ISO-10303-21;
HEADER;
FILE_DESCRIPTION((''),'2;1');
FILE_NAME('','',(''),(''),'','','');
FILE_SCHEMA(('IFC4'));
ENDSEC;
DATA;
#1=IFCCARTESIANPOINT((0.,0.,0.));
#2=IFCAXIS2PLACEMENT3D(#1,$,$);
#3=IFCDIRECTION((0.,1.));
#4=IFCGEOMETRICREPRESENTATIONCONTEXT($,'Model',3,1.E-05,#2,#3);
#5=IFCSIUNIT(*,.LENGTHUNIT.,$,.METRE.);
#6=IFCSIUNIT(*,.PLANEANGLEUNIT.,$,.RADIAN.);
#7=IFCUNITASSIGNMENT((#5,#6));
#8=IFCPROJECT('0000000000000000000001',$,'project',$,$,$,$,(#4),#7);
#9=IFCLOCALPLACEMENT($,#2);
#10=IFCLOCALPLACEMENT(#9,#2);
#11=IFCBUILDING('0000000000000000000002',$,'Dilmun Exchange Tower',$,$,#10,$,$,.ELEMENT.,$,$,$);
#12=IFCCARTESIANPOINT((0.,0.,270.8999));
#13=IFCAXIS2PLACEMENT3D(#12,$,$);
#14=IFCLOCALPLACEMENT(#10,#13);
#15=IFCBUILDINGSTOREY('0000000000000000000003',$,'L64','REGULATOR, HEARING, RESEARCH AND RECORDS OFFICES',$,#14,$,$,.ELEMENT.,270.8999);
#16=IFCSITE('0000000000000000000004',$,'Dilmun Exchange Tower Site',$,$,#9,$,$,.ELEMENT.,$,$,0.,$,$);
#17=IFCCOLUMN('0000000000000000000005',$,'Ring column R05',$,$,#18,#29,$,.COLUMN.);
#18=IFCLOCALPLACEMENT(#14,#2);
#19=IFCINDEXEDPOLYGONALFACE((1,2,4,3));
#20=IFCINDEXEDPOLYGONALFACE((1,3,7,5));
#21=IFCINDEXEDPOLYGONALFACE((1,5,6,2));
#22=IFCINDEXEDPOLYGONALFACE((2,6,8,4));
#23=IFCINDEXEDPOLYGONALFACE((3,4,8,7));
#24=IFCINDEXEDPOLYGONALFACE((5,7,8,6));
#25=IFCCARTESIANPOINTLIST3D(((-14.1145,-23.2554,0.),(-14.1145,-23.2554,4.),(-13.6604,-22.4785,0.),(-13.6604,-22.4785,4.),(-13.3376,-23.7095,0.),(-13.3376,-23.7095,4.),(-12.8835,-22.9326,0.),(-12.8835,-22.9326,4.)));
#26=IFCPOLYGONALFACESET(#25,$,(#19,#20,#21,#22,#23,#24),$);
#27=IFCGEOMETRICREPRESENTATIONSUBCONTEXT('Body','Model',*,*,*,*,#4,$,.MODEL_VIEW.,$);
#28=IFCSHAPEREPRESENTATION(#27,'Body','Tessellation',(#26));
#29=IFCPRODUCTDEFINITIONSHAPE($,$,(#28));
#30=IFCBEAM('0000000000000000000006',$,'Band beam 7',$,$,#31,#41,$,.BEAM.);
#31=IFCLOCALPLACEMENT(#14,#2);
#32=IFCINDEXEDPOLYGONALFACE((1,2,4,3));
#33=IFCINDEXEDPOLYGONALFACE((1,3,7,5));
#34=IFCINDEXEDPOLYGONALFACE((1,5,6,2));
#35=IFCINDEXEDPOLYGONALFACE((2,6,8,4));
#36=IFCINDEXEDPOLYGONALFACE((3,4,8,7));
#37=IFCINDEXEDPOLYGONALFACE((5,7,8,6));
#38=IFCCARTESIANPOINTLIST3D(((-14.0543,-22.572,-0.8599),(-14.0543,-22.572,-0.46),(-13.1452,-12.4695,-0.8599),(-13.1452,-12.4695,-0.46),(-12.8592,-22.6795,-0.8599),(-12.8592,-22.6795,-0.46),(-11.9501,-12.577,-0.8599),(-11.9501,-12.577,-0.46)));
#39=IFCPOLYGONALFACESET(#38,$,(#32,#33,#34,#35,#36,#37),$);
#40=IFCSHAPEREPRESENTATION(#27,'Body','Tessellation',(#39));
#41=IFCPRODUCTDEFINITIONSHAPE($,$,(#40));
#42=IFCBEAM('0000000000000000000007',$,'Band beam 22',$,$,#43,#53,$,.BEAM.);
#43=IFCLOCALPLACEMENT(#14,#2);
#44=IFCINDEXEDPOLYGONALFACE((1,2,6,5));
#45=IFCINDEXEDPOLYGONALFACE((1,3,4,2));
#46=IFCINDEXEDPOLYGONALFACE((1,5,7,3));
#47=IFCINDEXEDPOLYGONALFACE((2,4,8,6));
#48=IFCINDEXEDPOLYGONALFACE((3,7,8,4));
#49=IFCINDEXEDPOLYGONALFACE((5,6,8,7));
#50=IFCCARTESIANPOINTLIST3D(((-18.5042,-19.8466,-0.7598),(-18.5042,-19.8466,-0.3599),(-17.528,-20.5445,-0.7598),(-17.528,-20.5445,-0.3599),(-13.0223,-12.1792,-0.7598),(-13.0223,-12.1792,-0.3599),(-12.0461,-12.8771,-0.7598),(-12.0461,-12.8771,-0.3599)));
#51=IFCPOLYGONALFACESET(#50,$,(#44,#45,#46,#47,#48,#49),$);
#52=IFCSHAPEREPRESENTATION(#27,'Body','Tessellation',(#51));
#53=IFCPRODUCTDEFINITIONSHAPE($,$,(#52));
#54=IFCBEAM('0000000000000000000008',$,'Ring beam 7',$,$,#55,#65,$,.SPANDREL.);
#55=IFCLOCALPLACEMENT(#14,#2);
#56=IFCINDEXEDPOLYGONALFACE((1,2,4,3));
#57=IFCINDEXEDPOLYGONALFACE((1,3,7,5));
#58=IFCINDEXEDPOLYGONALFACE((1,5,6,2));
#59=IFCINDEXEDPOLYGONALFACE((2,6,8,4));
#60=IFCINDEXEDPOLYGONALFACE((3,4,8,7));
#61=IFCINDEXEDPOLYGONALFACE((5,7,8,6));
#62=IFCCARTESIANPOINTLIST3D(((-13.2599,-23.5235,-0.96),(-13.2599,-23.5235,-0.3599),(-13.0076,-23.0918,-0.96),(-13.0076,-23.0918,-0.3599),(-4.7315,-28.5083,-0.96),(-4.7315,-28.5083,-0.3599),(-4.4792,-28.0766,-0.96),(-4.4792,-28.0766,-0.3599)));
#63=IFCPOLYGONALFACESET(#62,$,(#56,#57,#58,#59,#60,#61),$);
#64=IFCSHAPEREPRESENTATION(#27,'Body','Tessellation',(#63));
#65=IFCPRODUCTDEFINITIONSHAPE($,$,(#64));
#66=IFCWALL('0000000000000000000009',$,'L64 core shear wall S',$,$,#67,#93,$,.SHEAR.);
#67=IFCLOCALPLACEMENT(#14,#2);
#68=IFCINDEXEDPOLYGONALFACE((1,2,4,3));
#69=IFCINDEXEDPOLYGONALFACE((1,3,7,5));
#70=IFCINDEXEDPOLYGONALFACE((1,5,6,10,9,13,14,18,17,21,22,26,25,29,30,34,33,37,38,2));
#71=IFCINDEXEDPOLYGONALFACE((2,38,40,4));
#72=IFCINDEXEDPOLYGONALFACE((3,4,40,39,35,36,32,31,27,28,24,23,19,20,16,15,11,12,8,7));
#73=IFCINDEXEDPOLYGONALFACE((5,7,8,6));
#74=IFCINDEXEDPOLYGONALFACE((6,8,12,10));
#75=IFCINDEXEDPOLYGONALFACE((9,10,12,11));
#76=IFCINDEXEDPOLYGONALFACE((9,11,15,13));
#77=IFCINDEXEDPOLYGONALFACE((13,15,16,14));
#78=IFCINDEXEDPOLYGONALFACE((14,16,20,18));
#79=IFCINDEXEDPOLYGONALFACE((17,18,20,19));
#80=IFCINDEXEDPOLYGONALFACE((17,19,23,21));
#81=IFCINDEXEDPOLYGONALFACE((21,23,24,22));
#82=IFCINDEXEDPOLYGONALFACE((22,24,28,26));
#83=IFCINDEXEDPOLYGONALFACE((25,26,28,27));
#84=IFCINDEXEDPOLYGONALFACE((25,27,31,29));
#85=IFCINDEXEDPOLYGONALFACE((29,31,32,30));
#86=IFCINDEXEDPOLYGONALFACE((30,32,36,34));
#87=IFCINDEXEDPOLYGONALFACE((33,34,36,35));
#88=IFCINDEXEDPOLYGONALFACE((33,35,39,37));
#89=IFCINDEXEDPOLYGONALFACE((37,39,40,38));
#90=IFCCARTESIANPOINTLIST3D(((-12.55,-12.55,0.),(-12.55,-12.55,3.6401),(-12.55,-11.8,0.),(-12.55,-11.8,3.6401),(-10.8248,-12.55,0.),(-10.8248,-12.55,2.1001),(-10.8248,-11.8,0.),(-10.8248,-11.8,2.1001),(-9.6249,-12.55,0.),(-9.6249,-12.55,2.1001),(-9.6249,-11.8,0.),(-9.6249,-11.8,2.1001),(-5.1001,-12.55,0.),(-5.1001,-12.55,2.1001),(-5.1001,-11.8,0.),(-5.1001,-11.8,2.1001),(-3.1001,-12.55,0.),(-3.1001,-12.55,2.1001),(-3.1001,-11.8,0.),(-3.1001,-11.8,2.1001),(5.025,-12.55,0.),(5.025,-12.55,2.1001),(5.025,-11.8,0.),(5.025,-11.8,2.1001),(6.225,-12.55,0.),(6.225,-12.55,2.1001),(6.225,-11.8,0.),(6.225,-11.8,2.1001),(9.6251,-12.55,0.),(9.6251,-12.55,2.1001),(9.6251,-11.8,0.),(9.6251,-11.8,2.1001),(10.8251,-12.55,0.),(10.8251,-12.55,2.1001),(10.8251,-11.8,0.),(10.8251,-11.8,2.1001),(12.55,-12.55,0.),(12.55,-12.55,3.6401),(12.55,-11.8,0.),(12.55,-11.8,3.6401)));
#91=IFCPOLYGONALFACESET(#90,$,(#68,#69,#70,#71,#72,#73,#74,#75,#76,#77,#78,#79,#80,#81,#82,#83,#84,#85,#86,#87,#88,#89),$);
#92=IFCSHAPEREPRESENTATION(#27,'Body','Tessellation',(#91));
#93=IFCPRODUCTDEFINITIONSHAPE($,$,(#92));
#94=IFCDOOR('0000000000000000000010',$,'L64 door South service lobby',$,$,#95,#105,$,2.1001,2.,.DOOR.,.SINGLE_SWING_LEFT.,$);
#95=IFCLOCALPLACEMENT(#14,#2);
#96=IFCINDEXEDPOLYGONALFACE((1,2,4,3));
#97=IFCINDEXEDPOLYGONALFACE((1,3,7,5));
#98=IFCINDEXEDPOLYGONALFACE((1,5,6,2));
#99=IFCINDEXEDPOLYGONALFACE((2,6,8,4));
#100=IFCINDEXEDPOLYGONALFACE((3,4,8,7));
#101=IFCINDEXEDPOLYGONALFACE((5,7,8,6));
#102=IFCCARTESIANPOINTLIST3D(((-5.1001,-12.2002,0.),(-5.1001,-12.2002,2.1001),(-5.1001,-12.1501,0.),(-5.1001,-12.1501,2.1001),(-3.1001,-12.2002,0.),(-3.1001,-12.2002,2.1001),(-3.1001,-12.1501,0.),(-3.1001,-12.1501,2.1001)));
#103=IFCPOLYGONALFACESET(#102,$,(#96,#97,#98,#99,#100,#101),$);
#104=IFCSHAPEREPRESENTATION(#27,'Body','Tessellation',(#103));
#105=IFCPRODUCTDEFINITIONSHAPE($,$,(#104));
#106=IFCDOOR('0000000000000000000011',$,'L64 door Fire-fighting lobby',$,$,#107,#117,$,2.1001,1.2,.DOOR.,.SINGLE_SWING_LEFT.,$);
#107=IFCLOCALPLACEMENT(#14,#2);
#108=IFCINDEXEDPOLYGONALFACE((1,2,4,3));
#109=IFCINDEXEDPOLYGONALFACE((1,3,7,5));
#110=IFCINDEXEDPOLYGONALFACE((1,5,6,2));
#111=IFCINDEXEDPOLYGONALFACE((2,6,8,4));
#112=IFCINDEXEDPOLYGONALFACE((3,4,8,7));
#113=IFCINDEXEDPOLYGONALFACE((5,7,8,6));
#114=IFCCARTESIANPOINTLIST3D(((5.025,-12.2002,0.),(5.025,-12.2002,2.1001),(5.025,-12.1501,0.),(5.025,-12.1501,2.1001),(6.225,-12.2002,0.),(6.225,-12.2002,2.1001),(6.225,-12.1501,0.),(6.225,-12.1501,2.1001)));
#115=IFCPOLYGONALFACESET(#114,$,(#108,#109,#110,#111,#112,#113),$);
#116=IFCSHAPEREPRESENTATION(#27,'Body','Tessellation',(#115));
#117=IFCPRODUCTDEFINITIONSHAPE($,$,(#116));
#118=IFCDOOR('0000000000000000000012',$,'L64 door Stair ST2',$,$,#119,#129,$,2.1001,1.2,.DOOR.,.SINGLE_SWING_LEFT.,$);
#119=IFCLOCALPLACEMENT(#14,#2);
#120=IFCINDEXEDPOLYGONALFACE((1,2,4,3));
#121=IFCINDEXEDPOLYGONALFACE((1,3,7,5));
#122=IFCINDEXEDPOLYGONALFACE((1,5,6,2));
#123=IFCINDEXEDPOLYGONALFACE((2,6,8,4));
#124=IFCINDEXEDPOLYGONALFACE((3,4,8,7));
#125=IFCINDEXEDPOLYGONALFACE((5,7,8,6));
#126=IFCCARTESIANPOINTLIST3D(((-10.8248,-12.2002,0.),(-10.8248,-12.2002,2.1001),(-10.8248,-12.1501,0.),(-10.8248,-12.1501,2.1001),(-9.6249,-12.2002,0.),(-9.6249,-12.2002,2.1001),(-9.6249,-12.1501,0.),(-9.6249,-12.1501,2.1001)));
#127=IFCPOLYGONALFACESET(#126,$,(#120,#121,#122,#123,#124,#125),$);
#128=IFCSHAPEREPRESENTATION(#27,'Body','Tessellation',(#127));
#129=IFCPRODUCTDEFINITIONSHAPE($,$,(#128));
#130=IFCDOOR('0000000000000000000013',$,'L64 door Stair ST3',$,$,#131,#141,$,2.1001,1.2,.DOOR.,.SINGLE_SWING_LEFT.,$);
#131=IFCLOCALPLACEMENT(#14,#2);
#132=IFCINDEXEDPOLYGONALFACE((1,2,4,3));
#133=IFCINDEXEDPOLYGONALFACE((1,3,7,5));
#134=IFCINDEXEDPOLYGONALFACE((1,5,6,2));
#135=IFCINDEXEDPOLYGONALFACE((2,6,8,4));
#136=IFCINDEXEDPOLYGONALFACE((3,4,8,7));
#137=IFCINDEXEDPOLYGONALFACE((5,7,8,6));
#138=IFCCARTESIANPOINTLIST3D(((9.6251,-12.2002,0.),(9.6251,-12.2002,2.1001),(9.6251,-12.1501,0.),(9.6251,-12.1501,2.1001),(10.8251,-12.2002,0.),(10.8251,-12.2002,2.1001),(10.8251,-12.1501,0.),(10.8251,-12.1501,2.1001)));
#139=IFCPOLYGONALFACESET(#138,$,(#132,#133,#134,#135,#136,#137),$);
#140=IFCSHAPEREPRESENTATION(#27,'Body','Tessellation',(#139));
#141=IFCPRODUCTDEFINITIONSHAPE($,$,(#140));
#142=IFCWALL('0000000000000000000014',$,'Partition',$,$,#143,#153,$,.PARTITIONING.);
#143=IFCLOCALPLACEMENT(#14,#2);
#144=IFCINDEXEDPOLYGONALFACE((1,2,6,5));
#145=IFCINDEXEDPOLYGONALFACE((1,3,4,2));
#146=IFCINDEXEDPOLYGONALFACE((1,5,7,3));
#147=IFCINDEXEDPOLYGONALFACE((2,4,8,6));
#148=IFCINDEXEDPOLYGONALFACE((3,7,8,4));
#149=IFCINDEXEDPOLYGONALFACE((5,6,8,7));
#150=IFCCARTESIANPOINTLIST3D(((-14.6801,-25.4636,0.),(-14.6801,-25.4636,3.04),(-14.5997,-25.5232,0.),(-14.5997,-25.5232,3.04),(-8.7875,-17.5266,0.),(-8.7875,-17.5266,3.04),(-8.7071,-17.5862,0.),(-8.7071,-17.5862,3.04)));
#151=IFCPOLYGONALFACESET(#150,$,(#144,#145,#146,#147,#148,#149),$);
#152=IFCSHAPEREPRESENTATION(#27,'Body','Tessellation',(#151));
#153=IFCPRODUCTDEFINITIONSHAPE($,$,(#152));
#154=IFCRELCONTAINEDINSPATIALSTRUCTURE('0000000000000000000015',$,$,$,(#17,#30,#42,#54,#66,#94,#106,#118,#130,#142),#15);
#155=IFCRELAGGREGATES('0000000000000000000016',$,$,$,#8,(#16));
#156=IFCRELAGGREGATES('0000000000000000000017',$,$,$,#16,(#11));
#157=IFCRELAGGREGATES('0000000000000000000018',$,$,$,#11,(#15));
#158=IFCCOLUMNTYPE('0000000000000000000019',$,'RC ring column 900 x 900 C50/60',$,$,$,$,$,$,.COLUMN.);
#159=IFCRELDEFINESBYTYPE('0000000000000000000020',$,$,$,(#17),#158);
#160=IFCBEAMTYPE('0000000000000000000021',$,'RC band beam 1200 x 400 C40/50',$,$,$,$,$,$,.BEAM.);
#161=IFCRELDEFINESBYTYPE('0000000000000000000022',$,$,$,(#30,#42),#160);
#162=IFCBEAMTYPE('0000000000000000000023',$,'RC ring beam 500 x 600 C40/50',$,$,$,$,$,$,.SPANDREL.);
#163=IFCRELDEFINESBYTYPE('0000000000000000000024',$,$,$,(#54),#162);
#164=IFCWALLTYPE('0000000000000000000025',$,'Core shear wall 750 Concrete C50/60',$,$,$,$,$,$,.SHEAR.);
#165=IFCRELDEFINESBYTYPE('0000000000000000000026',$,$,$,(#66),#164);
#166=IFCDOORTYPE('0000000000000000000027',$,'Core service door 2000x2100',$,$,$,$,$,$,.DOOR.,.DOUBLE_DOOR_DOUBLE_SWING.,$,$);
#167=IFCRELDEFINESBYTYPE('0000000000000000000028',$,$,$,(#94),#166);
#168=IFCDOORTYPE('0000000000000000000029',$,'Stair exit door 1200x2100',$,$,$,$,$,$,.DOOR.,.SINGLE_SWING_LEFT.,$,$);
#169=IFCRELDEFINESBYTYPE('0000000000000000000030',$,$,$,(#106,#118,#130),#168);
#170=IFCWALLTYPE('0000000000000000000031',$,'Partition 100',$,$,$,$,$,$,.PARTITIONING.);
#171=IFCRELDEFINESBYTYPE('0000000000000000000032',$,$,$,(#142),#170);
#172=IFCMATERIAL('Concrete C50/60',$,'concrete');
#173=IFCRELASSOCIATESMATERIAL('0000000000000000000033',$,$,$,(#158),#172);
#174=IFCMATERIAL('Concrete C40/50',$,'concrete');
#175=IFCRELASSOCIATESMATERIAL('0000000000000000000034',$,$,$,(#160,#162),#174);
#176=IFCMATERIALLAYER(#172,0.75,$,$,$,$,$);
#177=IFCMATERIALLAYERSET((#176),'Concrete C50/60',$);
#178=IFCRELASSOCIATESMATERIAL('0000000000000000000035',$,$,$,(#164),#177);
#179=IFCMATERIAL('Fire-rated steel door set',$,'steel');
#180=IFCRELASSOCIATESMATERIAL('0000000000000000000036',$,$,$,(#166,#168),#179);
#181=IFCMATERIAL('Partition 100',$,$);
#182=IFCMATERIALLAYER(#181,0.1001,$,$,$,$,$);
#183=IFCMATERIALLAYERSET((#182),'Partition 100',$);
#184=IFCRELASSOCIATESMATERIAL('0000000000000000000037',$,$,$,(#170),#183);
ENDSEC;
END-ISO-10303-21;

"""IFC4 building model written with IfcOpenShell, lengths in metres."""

from ifc_helpers import new_model, si_unit, direction, frame, frame_2d, origin, origin_2d, place, context, subcontext, project, spatial, rectangle, extrude, material, layer, layer_set, material_profile, profile_set, type_object, element, fill, save


model = new_model("IFC4")

# Units and contexts
model_context = context("Model", 3, precision=1e-05, world=origin(), true_north=direction((0.0, 1.0)))
body_context = subcontext(model_context, "Body", "Model", "MODEL_VIEW")
ifc_project = project(units=[si_unit("LENGTHUNIT", "METRE"), si_unit("PLANEANGLEUNIT", "RADIAN")], contexts=[model_context])

# Site, building, storey
site_placement = place(None, origin())
site = spatial("IfcSite", under=ifc_project, at=site_placement, Name="Dilmun Exchange Tower Site", CompositionType="ELEMENT", RefElevation=0.0)
building_placement = place(site_placement, origin())
building = spatial("IfcBuilding", under=site, at=building_placement, Name="Dilmun Exchange Tower", CompositionType="ELEMENT")
storey_placement = place(building_placement, frame((0.0, 0.0, 270.8999)))
storey = spatial("IfcBuildingStorey", under=building, at=storey_placement, Name="L64", Description="REGULATOR, HEARING, RESEARCH AND RECORDS OFFICES", CompositionType="ELEMENT", Elevation=270.8999)

# Column
ifc_material_1 = material(Name="Concrete C50/60", Category="concrete")
ifc_material_profile_1 = material_profile(ifc_material_1, rectangle(XDim=0.8999, YDim=0.8999, at=origin_2d()), Name="900 x 900")
ifc_profile_set_1 = profile_set([ifc_material_profile_1], Name="Concrete C50/60")
column_type = type_object("IfcColumnType", Name="RC ring column 900 x 900 C50/60", PredefinedType="COLUMN", material=ifc_profile_set_1)
column_placement = place(storey_placement, frame((-13.499, -23.094, 0.0), z_axis=(0.0, 0.0, 1.0), x_axis=(0.504644, 0.863328, 0.0)))
element("IfcColumn", 1, at=column_placement, inside=storey, type_object=column_type, Name="Ring column R05", PredefinedType="COLUMN", context=body_context, shape_type="SweptSolid", body=[
    extrude(rectangle(XDim=0.8999, YDim=0.8999, at=origin_2d()), origin(), (0.0, 0.0, 1.0), 4.0),
])

# Beams
ifc_material_2 = material(Name="Concrete C40/50", Category="concrete")
ifc_material_profile_2 = material_profile(ifc_material_2, rectangle(XDim=1.2, YDim=0.3999, at=origin_2d()), Name="1200 x 400")
ifc_profile_set_2 = profile_set([ifc_material_profile_2], Name="Concrete C40/50")
beam_type_1 = type_object("IfcBeamType", Name="RC band beam 1200 x 400 C40/50", PredefinedType="BEAM", material=ifc_profile_set_2)
beam_1_placement = place(storey_placement, frame((-13.4568, -22.6257, -0.6599), z_axis=(0.089633, 0.995975, 0.0), x_axis=(-0.995975, 0.089633, 0.0)))
element("IfcBeam", 2, at=beam_1_placement, inside=storey, type_object=beam_type_1, Name="Band beam 7", PredefinedType="BEAM", context=body_context, shape_type="SweptSolid", body=[
    extrude(rectangle(XDim=1.2, YDim=0.3999, at=origin_2d()), origin(), (0.0, 0.0, 1.0), 10.1433),
])
beam_2_placement = place(storey_placement, frame((-18.0161, -20.1956, -0.5598), z_axis=(0.581601, 0.813474, 0.0), x_axis=(-0.813474, 0.581601, 0.0)))
element("IfcBeam", 3, at=beam_2_placement, inside=storey, type_object=beam_type_1, Name="Band beam 22", PredefinedType="BEAM", context=body_context, shape_type="SweptSolid", body=[
    extrude(rectangle(XDim=1.2, YDim=0.3999, at=origin_2d()), origin(), (0.0, 0.0, 1.0), 9.4255),
])
ifc_material_profile_3 = material_profile(ifc_material_2, rectangle(XDim=0.5, YDim=0.6001, at=origin_2d()), Name="500 x 600")
ifc_profile_set_3 = profile_set([ifc_material_profile_3], Name="Concrete C40/50")
beam_type_2 = type_object("IfcBeamType", Name="RC ring beam 500 x 600 C40/50", PredefinedType="SPANDREL", material=ifc_profile_set_3)
beam_3_placement = place(storey_placement, frame((-13.1338, -23.3076, -0.6599), z_axis=(0.863344, -0.504616, 0.0), x_axis=(0.504616, 0.863344, 0.0)))
element("IfcBeam", 4, at=beam_3_placement, inside=storey, type_object=beam_type_2, Name="Ring beam 7", PredefinedType="SPANDREL", context=body_context, shape_type="SweptSolid", body=[
    extrude(rectangle(XDim=0.5, YDim=0.6001, at=origin_2d()), origin(), (0.0, 0.0, 1.0), 9.8784),
])

# Wall, openings, doors
ifc_layer_1 = layer(ifc_material_1, 0.75)
ifc_layer_set_1 = layer_set([ifc_layer_1], Name="Concrete C50/60")
wall_type_1 = type_object("IfcWallType", Name="Core shear wall 750 Concrete C50/60", PredefinedType="SHEAR", material=ifc_layer_set_1)
wall_1_placement = place(storey_placement, frame((-12.55, -12.175, 0.0), z_axis=(0.0, 0.0, 1.0), x_axis=(1.0, 0.0, 0.0)))
wall_1 = element("IfcWall", 5, at=wall_1_placement, inside=storey, type_object=wall_type_1, Name="L64 core shear wall S", PredefinedType="SHEAR", context=body_context, shape_type="SweptSolid", body=[
    extrude(rectangle(XDim=25.1001, YDim=0.75, at=frame_2d((12.55, 0.0))), origin(), (0.0, 0.0, 1.0), 3.6401),
])
opening_1_placement = place(wall_1_placement, frame((7.45, 0.0, 0.0)))
opening_1 = element("IfcOpeningElement", 6, at=opening_1_placement, cuts=wall_1, PredefinedType="OPENING", context=body_context, shape_type="SweptSolid", body=[
    extrude(rectangle(XDim=2.0, YDim=2.1001, at=frame_2d((1.0, 1.05))), frame((0.0, 0.385, 0.0), z_axis=(0.0, -1.0, 0.0), x_axis=(1.0, 0.0, 0.0)), (0.0, 0.0, 1.0), 0.77),
])
opening_2_placement = place(wall_1_placement, frame((17.575, 0.0, 0.0)))
opening_2 = element("IfcOpeningElement", 7, at=opening_2_placement, cuts=wall_1, PredefinedType="OPENING", context=body_context, shape_type="SweptSolid", body=[
    extrude(rectangle(XDim=1.2, YDim=2.1001, at=frame_2d((0.6001, 1.05))), frame((0.0, 0.385, 0.0), z_axis=(0.0, -1.0, 0.0), x_axis=(1.0, 0.0, 0.0)), (0.0, 0.0, 1.0), 0.77),
])
opening_3_placement = place(wall_1_placement, frame((1.7251, 0.0, 0.0)))
opening_3 = element("IfcOpeningElement", 8, at=opening_3_placement, cuts=wall_1, PredefinedType="OPENING", context=body_context, shape_type="SweptSolid", body=[
    extrude(rectangle(XDim=1.2, YDim=2.1001, at=frame_2d((0.6001, 1.05))), frame((0.0, 0.385, 0.0), z_axis=(0.0, -1.0, 0.0), x_axis=(1.0, 0.0, 0.0)), (0.0, 0.0, 1.0), 0.77),
])
opening_4_placement = place(wall_1_placement, frame((22.175, 0.0, 0.0)))
opening_4 = element("IfcOpeningElement", 9, at=opening_4_placement, cuts=wall_1, PredefinedType="OPENING", context=body_context, shape_type="SweptSolid", body=[
    extrude(rectangle(XDim=1.2, YDim=2.1001, at=frame_2d((0.6001, 1.05))), frame((0.0, 0.385, 0.0), z_axis=(0.0, -1.0, 0.0), x_axis=(1.0, 0.0, 0.0)), (0.0, 0.0, 1.0), 0.77),
])
ifc_material_3 = material(Name="Fire-rated steel door set", Category="steel")
door_type_1 = type_object("IfcDoorType", Name="Core service door 2000x2100", OperationType="DOUBLE_DOOR_DOUBLE_SWING", PredefinedType="DOOR", material=ifc_material_3)
door_1_placement = place(opening_1_placement, origin())
door_1 = element("IfcDoor", 10, at=door_1_placement, inside=storey, type_object=door_type_1, Name="L64 door South service lobby", OperationType="SINGLE_SWING_LEFT", OverallHeight=2.1001, OverallWidth=2.0, PredefinedType="DOOR", context=body_context, shape_type="SweptSolid", body=[
    extrude(rectangle(XDim=2.0, YDim=2.1001, at=frame_2d((1.0, 1.05))), frame((0.0, 0.0249, 0.0), z_axis=(0.0, -1.0, 0.0), x_axis=(1.0, 0.0, 0.0)), (0.0, 0.0, 1.0), 0.05),
])
fill(opening_1, door_1)
door_type_2 = type_object("IfcDoorType", Name="Stair exit door 1200x2100", OperationType="SINGLE_SWING_LEFT", PredefinedType="DOOR", material=ifc_material_3)
door_2_placement = place(opening_2_placement, origin())
door_2 = element("IfcDoor", 11, at=door_2_placement, inside=storey, type_object=door_type_2, Name="L64 door Fire-fighting lobby", OperationType="SINGLE_SWING_LEFT", OverallHeight=2.1001, OverallWidth=1.2, PredefinedType="DOOR", context=body_context, shape_type="SweptSolid", body=[
    extrude(rectangle(XDim=1.2, YDim=2.1001, at=frame_2d((0.6001, 1.05))), frame((0.0, 0.0249, 0.0), z_axis=(0.0, -1.0, 0.0), x_axis=(1.0, 0.0, 0.0)), (0.0, 0.0, 1.0), 0.05),
])
fill(opening_2, door_2)
door_3_placement = place(opening_3_placement, origin())
door_3 = element("IfcDoor", 12, at=door_3_placement, inside=storey, type_object=door_type_2, Name="L64 door Stair ST2", OperationType="SINGLE_SWING_LEFT", OverallHeight=2.1001, OverallWidth=1.2, PredefinedType="DOOR", context=body_context, shape_type="SweptSolid", body=[
    extrude(rectangle(XDim=1.2, YDim=2.1001, at=frame_2d((0.6001, 1.05))), frame((0.0, 0.0249, 0.0), z_axis=(0.0, -1.0, 0.0), x_axis=(1.0, 0.0, 0.0)), (0.0, 0.0, 1.0), 0.05),
])
fill(opening_3, door_3)
door_4_placement = place(opening_4_placement, origin())
door_4 = element("IfcDoor", 13, at=door_4_placement, inside=storey, type_object=door_type_2, Name="L64 door Stair ST3", OperationType="SINGLE_SWING_LEFT", OverallHeight=2.1001, OverallWidth=1.2, PredefinedType="DOOR", context=body_context, shape_type="SweptSolid", body=[
    extrude(rectangle(XDim=1.2, YDim=2.1001, at=frame_2d((0.6001, 1.05))), frame((0.0, 0.0249, 0.0), z_axis=(0.0, -1.0, 0.0), x_axis=(1.0, 0.0, 0.0)), (0.0, 0.0, 1.0), 0.05),
])
fill(opening_4, door_4)

# Wall
ifc_material_4 = material(Name="Partition 100")
ifc_layer_2 = layer(ifc_material_4, 0.1001)
ifc_layer_set_2 = layer_set([ifc_layer_2], Name="Partition 100")
wall_type_2 = type_object("IfcWallType", Name="Partition 100", PredefinedType="PARTITIONING", material=ifc_layer_set_2)
wall_2_placement = place(storey_placement, frame((-14.6399, -25.4934, 0.0), z_axis=(0.0, 0.0, 1.0), x_axis=(0.596097, 0.802913, 0.0)))
element("IfcWall", 14, at=wall_2_placement, inside=storey, type_object=wall_type_2, Name="Partition", PredefinedType="PARTITIONING", context=body_context, shape_type="SweptSolid", body=[
    extrude(rectangle(XDim=9.8853, YDim=0.1001, at=frame_2d((4.9426, 0.0))), origin(), (0.0, 0.0, 1.0), 3.04),
])

save(model, "model.ifc")
